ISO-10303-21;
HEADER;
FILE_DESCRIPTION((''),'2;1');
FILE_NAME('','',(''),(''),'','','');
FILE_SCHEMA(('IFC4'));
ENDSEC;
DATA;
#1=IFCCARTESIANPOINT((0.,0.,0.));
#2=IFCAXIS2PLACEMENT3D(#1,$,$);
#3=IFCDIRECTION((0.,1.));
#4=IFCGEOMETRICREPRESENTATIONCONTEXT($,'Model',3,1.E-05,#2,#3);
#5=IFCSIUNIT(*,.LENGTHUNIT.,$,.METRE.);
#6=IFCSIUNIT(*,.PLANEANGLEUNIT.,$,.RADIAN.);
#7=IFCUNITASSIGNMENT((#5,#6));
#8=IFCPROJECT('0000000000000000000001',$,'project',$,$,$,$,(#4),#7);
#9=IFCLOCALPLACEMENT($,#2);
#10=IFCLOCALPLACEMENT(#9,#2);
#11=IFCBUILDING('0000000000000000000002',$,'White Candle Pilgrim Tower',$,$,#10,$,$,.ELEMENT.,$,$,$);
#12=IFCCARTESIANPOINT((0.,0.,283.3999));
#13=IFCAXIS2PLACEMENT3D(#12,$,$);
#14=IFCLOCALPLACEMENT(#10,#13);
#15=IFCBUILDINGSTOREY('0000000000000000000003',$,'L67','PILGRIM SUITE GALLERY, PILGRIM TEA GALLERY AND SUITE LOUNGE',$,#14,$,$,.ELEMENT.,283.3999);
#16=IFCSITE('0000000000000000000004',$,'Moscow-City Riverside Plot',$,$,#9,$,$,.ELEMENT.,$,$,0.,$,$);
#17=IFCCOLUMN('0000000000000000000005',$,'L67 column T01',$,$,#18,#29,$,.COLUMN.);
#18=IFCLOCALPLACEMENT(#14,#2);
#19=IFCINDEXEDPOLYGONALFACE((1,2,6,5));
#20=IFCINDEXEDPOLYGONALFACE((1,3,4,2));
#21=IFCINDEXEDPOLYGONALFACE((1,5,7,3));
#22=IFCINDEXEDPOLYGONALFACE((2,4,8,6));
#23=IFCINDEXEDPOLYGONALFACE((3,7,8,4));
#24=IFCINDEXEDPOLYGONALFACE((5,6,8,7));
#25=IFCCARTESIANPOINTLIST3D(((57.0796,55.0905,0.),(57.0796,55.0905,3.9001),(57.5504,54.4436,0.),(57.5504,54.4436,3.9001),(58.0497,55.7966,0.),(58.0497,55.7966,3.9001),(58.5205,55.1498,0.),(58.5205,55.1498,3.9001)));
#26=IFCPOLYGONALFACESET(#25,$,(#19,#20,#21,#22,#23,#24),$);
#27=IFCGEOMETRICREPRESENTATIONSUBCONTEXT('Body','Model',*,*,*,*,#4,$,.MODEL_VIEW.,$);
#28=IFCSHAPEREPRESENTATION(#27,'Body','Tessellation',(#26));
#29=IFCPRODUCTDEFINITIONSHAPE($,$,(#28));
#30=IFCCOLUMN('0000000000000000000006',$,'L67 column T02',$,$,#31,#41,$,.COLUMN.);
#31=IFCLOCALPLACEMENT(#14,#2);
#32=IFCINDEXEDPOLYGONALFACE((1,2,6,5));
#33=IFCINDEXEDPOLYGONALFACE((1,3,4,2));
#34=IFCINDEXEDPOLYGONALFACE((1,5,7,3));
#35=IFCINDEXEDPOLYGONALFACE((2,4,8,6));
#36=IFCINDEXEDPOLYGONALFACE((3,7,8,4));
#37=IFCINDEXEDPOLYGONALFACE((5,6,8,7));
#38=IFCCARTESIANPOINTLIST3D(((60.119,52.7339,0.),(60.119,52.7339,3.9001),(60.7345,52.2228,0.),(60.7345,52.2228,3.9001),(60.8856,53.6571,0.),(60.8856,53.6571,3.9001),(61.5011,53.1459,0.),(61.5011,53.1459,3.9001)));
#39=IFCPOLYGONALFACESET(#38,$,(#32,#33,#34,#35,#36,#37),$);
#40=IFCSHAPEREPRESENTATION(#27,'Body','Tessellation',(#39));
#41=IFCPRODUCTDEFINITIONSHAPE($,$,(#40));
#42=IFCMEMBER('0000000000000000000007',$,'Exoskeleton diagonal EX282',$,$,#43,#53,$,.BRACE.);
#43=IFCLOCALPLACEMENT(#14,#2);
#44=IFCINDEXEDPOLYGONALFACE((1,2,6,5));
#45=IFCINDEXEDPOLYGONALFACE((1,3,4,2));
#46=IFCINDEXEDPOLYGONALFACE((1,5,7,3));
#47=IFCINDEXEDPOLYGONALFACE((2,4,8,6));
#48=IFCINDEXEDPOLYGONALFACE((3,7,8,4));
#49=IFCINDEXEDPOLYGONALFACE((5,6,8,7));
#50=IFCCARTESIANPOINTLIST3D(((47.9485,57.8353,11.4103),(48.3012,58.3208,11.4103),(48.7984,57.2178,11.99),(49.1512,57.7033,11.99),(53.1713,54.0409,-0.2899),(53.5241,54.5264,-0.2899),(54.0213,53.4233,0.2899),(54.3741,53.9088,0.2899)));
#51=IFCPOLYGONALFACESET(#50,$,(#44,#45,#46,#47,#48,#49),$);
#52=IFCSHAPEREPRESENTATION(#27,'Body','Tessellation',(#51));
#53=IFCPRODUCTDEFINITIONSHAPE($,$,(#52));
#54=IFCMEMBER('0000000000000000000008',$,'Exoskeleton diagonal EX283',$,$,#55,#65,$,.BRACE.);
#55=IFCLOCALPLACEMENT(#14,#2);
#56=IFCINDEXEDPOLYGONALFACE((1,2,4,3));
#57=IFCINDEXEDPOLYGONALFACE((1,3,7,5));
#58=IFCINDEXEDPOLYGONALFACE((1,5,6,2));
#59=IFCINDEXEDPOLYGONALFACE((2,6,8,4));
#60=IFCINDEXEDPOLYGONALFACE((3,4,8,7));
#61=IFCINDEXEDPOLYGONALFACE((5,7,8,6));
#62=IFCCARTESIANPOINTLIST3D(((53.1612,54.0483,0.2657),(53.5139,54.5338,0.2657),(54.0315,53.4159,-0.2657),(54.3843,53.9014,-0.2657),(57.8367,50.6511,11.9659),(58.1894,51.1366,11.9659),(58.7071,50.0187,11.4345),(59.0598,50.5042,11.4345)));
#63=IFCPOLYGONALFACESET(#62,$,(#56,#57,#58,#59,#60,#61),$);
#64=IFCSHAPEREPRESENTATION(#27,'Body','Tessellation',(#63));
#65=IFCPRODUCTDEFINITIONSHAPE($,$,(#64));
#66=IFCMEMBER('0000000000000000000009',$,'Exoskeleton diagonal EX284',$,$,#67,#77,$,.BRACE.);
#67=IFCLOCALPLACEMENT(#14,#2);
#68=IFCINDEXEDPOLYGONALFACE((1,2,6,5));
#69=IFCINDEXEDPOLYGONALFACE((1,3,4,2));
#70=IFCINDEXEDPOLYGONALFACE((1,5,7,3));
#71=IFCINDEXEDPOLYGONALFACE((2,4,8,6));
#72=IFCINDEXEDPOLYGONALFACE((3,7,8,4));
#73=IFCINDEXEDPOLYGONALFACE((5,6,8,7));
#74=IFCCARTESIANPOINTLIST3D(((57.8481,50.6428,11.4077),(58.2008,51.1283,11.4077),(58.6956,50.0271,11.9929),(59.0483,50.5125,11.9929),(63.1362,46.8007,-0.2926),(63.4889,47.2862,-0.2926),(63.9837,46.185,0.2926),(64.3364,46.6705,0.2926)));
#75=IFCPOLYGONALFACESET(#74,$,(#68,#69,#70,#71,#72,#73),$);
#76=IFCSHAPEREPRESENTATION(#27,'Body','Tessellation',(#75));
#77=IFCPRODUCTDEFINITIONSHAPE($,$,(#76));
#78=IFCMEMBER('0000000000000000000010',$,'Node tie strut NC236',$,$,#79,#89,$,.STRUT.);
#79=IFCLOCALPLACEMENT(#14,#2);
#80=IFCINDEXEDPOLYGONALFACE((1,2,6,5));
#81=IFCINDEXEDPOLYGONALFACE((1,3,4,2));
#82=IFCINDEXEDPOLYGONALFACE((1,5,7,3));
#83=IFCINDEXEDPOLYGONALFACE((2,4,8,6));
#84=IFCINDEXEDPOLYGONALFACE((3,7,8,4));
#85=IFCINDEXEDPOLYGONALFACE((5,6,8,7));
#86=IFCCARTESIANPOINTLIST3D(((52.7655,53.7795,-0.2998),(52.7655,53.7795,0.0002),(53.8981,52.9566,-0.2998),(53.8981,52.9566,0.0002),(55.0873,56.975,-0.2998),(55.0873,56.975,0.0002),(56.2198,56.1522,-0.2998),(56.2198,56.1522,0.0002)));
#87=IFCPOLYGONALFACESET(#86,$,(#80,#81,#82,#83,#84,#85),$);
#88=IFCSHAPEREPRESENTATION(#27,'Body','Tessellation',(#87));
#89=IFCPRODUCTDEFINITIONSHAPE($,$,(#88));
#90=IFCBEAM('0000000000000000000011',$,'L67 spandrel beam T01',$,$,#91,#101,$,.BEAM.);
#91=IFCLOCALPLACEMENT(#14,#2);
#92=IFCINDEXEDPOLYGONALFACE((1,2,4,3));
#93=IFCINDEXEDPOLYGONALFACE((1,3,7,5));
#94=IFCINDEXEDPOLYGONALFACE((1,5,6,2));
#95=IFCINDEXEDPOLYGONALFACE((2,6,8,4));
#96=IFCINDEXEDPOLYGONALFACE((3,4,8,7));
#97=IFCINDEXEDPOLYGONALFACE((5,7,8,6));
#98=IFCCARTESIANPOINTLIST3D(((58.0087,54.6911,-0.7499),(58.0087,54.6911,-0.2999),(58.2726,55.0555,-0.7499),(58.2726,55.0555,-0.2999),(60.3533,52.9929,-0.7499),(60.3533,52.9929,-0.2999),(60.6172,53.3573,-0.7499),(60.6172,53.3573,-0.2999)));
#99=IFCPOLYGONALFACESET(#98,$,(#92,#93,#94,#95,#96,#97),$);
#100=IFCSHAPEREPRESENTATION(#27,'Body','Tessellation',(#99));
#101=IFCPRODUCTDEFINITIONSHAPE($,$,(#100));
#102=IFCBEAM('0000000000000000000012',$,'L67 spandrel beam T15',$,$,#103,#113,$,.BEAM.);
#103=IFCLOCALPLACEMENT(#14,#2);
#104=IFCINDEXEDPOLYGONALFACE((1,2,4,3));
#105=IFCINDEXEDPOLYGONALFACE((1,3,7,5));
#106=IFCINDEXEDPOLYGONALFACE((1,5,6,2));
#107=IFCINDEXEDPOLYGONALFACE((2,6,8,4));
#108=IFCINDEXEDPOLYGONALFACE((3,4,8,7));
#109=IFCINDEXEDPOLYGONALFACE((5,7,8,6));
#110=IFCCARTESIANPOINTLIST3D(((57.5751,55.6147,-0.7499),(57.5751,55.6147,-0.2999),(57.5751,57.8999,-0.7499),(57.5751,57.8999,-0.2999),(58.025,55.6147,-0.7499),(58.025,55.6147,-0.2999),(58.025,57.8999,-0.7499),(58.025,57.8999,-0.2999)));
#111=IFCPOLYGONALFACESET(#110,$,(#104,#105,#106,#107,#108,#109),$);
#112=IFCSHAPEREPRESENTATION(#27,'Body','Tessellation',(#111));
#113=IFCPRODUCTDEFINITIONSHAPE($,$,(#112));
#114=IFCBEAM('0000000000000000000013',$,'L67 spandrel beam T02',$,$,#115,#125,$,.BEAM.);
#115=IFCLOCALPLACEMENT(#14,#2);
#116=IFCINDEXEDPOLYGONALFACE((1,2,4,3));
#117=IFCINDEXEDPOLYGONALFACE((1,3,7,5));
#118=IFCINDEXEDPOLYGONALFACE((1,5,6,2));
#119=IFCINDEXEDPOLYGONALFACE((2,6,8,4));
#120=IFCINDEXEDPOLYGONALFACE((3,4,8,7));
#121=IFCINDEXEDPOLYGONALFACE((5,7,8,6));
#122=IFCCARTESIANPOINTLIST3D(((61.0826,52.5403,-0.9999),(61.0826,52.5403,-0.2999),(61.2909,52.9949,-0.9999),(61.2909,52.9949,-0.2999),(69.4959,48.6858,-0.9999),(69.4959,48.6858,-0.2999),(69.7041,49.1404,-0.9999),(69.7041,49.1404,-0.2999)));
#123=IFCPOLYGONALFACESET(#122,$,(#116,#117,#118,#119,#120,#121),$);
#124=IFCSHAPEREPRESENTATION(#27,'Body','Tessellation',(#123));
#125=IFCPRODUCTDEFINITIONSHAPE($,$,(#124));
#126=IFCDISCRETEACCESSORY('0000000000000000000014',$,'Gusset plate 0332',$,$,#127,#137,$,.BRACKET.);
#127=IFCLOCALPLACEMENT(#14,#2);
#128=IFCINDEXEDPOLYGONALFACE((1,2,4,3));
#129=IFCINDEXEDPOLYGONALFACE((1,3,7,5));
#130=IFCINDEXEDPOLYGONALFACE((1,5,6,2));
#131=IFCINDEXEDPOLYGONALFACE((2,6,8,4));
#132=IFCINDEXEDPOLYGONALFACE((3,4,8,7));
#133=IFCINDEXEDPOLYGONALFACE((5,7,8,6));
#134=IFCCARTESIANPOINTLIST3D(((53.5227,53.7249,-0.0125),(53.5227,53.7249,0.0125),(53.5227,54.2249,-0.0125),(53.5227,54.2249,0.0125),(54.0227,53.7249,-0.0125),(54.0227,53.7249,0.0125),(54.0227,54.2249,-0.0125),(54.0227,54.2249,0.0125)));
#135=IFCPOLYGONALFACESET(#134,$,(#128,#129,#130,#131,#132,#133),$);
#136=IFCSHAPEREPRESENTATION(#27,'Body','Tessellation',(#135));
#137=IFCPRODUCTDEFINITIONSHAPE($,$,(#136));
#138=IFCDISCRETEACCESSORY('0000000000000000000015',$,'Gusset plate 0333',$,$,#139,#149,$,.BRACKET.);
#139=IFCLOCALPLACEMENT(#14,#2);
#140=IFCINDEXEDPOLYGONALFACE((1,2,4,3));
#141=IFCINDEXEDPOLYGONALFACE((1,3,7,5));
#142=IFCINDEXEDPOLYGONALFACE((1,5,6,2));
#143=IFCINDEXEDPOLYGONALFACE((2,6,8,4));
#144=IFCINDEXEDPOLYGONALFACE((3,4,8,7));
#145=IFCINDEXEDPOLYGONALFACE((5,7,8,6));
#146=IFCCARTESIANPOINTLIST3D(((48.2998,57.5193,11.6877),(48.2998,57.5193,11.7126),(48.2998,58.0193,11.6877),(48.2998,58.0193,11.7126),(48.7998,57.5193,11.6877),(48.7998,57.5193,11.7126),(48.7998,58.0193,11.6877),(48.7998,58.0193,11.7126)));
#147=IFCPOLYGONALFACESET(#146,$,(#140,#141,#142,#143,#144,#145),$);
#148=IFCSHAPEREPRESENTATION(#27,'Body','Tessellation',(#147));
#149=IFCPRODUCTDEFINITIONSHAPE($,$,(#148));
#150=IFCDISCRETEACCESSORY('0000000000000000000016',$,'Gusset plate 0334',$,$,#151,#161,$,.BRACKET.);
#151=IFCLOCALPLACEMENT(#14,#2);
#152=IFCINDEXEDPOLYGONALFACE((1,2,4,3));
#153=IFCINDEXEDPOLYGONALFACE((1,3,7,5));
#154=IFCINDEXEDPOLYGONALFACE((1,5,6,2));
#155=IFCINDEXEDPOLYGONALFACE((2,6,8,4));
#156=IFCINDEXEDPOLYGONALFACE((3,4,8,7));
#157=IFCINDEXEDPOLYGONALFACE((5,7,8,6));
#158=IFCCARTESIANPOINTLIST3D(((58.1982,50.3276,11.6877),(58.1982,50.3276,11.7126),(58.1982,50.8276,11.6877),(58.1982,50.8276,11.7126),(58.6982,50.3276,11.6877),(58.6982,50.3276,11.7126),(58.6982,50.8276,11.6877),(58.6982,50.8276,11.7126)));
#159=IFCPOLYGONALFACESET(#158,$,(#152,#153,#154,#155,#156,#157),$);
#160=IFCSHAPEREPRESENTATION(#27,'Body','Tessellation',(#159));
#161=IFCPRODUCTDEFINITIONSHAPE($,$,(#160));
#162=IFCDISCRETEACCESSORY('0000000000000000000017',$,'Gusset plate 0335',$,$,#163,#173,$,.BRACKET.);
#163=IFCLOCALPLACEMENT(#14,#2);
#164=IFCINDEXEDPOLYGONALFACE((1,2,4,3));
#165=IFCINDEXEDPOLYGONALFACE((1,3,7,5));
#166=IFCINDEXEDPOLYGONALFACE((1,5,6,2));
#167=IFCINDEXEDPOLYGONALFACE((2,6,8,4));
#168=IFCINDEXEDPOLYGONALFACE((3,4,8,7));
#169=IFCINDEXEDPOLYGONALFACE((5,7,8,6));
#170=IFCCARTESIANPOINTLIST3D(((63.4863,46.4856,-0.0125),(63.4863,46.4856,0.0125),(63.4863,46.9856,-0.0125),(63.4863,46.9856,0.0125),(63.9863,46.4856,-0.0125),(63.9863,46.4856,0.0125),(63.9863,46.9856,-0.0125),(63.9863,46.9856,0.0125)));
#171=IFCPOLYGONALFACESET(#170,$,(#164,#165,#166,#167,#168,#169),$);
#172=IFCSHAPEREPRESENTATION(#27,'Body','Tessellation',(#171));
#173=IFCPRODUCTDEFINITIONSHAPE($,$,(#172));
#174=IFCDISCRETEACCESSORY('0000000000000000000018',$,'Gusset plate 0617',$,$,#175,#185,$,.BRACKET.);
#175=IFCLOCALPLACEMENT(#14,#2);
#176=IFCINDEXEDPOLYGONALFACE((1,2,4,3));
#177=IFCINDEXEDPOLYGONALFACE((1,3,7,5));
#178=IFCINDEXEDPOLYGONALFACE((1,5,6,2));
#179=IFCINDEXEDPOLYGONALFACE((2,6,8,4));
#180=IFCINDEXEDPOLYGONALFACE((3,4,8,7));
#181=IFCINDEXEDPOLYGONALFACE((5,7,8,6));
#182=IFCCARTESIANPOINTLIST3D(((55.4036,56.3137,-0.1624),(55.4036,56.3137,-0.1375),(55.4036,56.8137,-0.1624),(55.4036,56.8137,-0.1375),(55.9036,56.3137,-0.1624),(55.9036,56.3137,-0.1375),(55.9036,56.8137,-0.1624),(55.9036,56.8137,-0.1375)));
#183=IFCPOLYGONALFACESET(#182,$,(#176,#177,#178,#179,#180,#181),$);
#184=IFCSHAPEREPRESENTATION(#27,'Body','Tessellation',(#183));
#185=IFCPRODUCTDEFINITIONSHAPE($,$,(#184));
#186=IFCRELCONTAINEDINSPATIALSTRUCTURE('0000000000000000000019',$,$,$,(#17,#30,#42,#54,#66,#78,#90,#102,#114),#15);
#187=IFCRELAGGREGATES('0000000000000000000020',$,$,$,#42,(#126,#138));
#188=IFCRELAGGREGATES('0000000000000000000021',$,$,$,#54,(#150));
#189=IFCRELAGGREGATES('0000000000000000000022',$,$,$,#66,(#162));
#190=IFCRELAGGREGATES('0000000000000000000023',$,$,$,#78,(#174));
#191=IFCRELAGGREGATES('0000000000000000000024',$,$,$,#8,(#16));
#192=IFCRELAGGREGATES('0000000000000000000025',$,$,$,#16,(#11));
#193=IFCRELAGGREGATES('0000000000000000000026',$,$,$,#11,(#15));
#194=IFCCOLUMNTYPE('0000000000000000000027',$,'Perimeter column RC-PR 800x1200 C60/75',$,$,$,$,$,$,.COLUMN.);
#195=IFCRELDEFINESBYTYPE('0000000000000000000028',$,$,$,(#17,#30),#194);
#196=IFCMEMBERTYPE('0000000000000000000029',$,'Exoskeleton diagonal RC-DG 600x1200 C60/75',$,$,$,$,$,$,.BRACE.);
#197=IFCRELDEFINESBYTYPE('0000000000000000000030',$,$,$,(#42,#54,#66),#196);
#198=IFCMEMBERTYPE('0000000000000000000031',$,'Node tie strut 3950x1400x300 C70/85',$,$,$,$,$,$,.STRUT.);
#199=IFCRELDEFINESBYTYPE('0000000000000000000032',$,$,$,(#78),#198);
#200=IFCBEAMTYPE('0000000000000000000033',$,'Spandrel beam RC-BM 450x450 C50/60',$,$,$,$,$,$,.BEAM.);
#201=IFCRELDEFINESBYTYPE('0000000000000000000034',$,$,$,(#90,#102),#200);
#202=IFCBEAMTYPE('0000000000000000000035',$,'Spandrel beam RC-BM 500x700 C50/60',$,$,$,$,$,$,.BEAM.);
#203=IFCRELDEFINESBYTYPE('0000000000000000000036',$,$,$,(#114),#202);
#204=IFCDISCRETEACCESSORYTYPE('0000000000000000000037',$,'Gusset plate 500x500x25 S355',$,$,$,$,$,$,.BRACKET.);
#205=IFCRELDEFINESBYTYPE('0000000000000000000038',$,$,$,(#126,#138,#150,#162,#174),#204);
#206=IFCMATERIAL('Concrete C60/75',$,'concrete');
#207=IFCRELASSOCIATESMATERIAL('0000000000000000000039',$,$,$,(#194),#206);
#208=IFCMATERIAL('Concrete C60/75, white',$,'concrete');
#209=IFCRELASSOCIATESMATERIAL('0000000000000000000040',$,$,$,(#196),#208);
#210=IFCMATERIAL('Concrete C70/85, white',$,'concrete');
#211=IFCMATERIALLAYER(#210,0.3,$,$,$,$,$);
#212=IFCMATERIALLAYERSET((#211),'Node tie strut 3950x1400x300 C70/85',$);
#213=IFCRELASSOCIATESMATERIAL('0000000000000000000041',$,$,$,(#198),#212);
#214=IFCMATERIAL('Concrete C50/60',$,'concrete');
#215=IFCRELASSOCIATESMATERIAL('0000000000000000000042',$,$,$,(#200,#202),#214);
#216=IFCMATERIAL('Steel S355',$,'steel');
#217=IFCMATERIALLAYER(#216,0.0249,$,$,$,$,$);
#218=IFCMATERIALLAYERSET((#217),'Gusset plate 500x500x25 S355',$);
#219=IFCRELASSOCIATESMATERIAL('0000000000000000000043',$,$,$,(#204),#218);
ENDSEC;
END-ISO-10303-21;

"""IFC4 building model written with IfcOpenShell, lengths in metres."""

from ifc_helpers import new_model, si_unit, direction, frame, origin, origin_2d, place, context, subcontext, project, spatial, rectangle, extrude, material, layer, layer_set, material_profile, profile_set, type_object, element, aggregate, save


model = new_model("IFC4")

# Units and contexts
model_context = context("Model", 3, precision=1e-05, world=origin(), true_north=direction((0.0, 1.0)))
body_context = subcontext(model_context, "Body", "Model", "MODEL_VIEW")
ifc_project = project(units=[si_unit("LENGTHUNIT", "METRE"), si_unit("PLANEANGLEUNIT", "RADIAN")], contexts=[model_context])

# Site, building, storey
site_placement = place(None, origin())
site = spatial("IfcSite", under=ifc_project, at=site_placement, Name="Moscow-City Riverside Plot", CompositionType="ELEMENT", RefElevation=0.0)
building_placement = place(site_placement, origin())
building = spatial("IfcBuilding", under=site, at=building_placement, Name="White Candle Pilgrim Tower", CompositionType="ELEMENT")
storey_placement = place(building_placement, frame((0.0, 0.0, 283.3999)))
storey = spatial("IfcBuildingStorey", under=building, at=storey_placement, Name="L67", Description="PILGRIM SUITE GALLERY, PILGRIM TEA GALLERY AND SUITE LOUNGE", CompositionType="ELEMENT", Elevation=283.3999)

# Columns
ifc_material_1 = material(Name="Concrete C60/75", Category="concrete")
ifc_material_profile_1 = material_profile(ifc_material_1, rectangle(XDim=0.8, YDim=1.2, at=origin_2d()), Name="RC-PR 800x1200")
ifc_profile_set_1 = profile_set([ifc_material_profile_1], Name="Concrete C60/75")
column_type = type_object("IfcColumnType", Name="Perimeter column RC-PR 800x1200 C60/75", PredefinedType="COLUMN", material=ifc_profile_set_1)
for number, where, z_axis, x_axis, name in (
    (1, (57.8, 55.1201, 0.0), (0.0, 0.0, 1.0), (-0.588463, 0.808524, 0.0), "L67 column T01"),
    (2, (60.8101, 52.9399, 0.0), (0.0, 0.0, 1.0), (-0.76931, 0.638875, 0.0), "L67 column T02"),
):
    element("IfcColumn", number, at=place(storey_placement, frame(where, z_axis=z_axis, x_axis=x_axis)), inside=storey, type_object=column_type, Name=name, PredefinedType="COLUMN", context=body_context, shape_type="SweptSolid", body=[
        extrude(rectangle(XDim=0.8, YDim=1.2, at=origin_2d()), origin(), (0.0, 0.0, 1.0), 3.9001),
    ])

# Members
ifc_material_2 = material(Name="Concrete C60/75, white", Category="concrete")
ifc_material_profile_2 = material_profile(ifc_material_2, rectangle(XDim=0.6001, YDim=1.2, at=origin_2d()), Name="RC-DG 600x1200")
ifc_profile_set_2 = profile_set([ifc_material_profile_2], Name="Concrete C60/75, white")
member_type_1 = type_object("IfcMemberType", Name="Exoskeleton diagonal RC-DG 600x1200 C60/75", PredefinedType="BRACE", material=ifc_profile_set_2)
member_1_placement = place(storey_placement, frame((53.7727, 53.9749, 0.0), z_axis=(-0.390847, 0.28395, 0.875564), x_axis=(-0.587762, -0.809034, 0.0)))
member_1 = element("IfcMember", 3, at=member_1_placement, inside=storey, type_object=member_type_1, Name="Exoskeleton diagonal EX282", PredefinedType="BRACE", context=body_context, shape_type="SweptSolid", body=[
    extrude(rectangle(XDim=0.6001, YDim=1.2, at=origin_2d()), origin(), (0.0, 0.0, 1.0), 13.363),
])
member_2_placement = place(storey_placement, frame((53.7727, 53.9749, 0.0), z_axis=(0.358285, -0.260328, 0.896583), x_axis=(0.587812, 0.808997, 0.0)))
member_2 = element("IfcMember", 4, at=member_2_placement, inside=storey, type_object=member_type_1, Name="Exoskeleton diagonal EX283", PredefinedType="BRACE", context=body_context, shape_type="SweptSolid", body=[
    extrude(rectangle(XDim=0.6001, YDim=1.2, at=origin_2d()), origin(), (0.0, 0.0, 1.0), 13.0498),
])
member_3_placement = place(storey_placement, frame((63.7363, 46.7356, 0.0), z_axis=(-0.394568, 0.286672, 0.873004), x_axis=(-0.587787, -0.809015, 0.0)))
member_3 = element("IfcMember", 5, at=member_3_placement, inside=storey, type_object=member_type_1, Name="Exoskeleton diagonal EX284", PredefinedType="BRACE", context=body_context, shape_type="SweptSolid", body=[
    extrude(rectangle(XDim=0.6001, YDim=1.2, at=origin_2d()), origin(), (0.0, 0.0, 1.0), 13.4023),
])
ifc_material_3 = material(Name="Concrete C70/85, white", Category="concrete")
ifc_layer_1 = layer(ifc_material_3, 0.3)
ifc_layer_set_1 = layer_set([ifc_layer_1], Name="Node tie strut 3950x1400x300 C70/85")
member_type_2 = type_object("IfcMemberType", Name="Node tie strut 3950x1400x300 C70/85", PredefinedType="STRUT", material=ifc_layer_set_1)
member_4_placement = place(storey_placement, frame((54.4927, 54.9658, -0.2998), z_axis=(0.0, 0.0, 1.0), x_axis=(0.809017, -0.587785, 0.0)))
member_4 = element("IfcMember", 6, at=member_4_placement, inside=storey, type_object=member_type_2, Name="Node tie strut NC236", PredefinedType="STRUT", context=body_context, shape_type="SweptSolid", body=[
    extrude(rectangle(XDim=1.3999, YDim=3.95, at=origin_2d()), origin(), (0.0, 0.0, 1.0), 0.3),
])

# Beams
ifc_material_4 = material(Name="Concrete C50/60", Category="concrete")
ifc_material_profile_3 = material_profile(ifc_material_4, rectangle(XDim=0.45, YDim=0.45, at=origin_2d()), Name="RC-BM 450x450")
ifc_profile_set_3 = profile_set([ifc_material_profile_3], Name="Concrete C50/60")
beam_type_1 = type_object("IfcBeamType", Name="Spandrel beam RC-BM 450x450 C50/60", PredefinedType="BEAM", material=ifc_profile_set_3)
beam_1_placement = place(storey_placement, frame((58.1406, 54.8733, -0.5249), z_axis=(0.809887, -0.586586, 0.0), x_axis=(0.586586, 0.809887, 0.0)))
element("IfcBeam", 7, at=beam_1_placement, inside=storey, type_object=beam_type_1, Name="L67 spandrel beam T01", PredefinedType="BEAM", context=body_context, shape_type="SweptSolid", body=[
    extrude(rectangle(XDim=0.45, YDim=0.45, at=origin_2d()), origin(), (0.0, 0.0, 1.0), 2.895),
])
beam_2_placement = place(storey_placement, frame((57.8, 55.6147, -0.5249), z_axis=(0.0, 1.0, 0.0), x_axis=(-1.0, 0.0, 0.0)))
element("IfcBeam", 8, at=beam_2_placement, inside=storey, type_object=beam_type_1, Name="L67 spandrel beam T15", PredefinedType="BEAM", context=body_context, shape_type="SweptSolid", body=[
    extrude(rectangle(XDim=0.45, YDim=0.45, at=origin_2d()), origin(), (0.0, 0.0, 1.0), 2.2852),
])
ifc_material_profile_4 = material_profile(ifc_material_4, rectangle(XDim=0.5, YDim=0.7, at=origin_2d()), Name="RC-BM 500x700")
ifc_profile_set_4 = profile_set([ifc_material_profile_4], Name="Concrete C50/60")
beam_type_2 = type_object("IfcBeamType", Name="Spandrel beam RC-BM 500x700 C50/60", PredefinedType="BEAM", material=ifc_profile_set_4)
beam_3_placement = place(storey_placement, frame((61.1868, 52.7676, -0.6499), z_axis=(0.909131, -0.41651, 0.0), x_axis=(0.41651, 0.909131, 0.0)))
element("IfcBeam", 9, at=beam_3_placement, inside=storey, type_object=beam_type_2, Name="L67 spandrel beam T02", PredefinedType="BEAM", context=body_context, shape_type="SweptSolid", body=[
    extrude(rectangle(XDim=0.5, YDim=0.7, at=origin_2d()), origin(), (0.0, 0.0, 1.0), 9.2542),
])

# Discrete accessories
ifc_material_5 = material(Name="Steel S355", Category="steel")
ifc_layer_2 = layer(ifc_material_5, 0.0249)
ifc_layer_set_2 = layer_set([ifc_layer_2], Name="Gusset plate 500x500x25 S355")
discrete_accessory_type = type_object("IfcDiscreteAccessoryType", Name="Gusset plate 500x500x25 S355", PredefinedType="BRACKET", material=ifc_layer_set_2)
discrete_accessory_1_placement = place(storey_placement, frame((53.7727, 53.9749, -0.0125), z_axis=(0.0, 0.0, 1.0), x_axis=(1.0, 0.0, 0.0)))
discrete_accessory_1 = element("IfcDiscreteAccessory", 10, at=discrete_accessory_1_placement, type_object=discrete_accessory_type, Name="Gusset plate 0332", PredefinedType="BRACKET", context=body_context, shape_type="SweptSolid", body=[
    extrude(rectangle(XDim=0.5, YDim=0.5, at=origin_2d()), origin(), (0.0, 0.0, 1.0), 0.0249),
])
placement = place(building_placement, frame((0.0, 0.0, 295.1001)))
discrete_accessory_2_placement = place(placement, frame((48.5498, 57.7693, -0.0125), z_axis=(0.0, 0.0, 1.0), x_axis=(1.0, 0.0, 0.0)))
discrete_accessory_2 = element("IfcDiscreteAccessory", 11, at=discrete_accessory_2_placement, type_object=discrete_accessory_type, Name="Gusset plate 0333", PredefinedType="BRACKET", context=body_context, shape_type="SweptSolid", body=[
    extrude(rectangle(XDim=0.5, YDim=0.5, at=origin_2d()), origin(), (0.0, 0.0, 1.0), 0.0249),
])
aggregate(member_1, [discrete_accessory_1, discrete_accessory_2])
discrete_accessory_3_placement = place(placement, frame((58.4482, 50.5776, -0.0125), z_axis=(0.0, 0.0, 1.0), x_axis=(1.0, 0.0, 0.0)))
discrete_accessory_3 = element("IfcDiscreteAccessory", 12, at=discrete_accessory_3_placement, type_object=discrete_accessory_type, Name="Gusset plate 0334", PredefinedType="BRACKET", context=body_context, shape_type="SweptSolid", body=[
    extrude(rectangle(XDim=0.5, YDim=0.5, at=origin_2d()), origin(), (0.0, 0.0, 1.0), 0.0249),
])
aggregate(member_2, [discrete_accessory_3])
discrete_accessory_4_placement = place(storey_placement, frame((63.7363, 46.7356, -0.0125), z_axis=(0.0, 0.0, 1.0), x_axis=(1.0, 0.0, 0.0)))
discrete_accessory_4 = element("IfcDiscreteAccessory", 13, at=discrete_accessory_4_placement, type_object=discrete_accessory_type, Name="Gusset plate 0335", PredefinedType="BRACKET", context=body_context, shape_type="SweptSolid", body=[
    extrude(rectangle(XDim=0.5, YDim=0.5, at=origin_2d()), origin(), (0.0, 0.0, 1.0), 0.0249),
])
aggregate(member_3, [discrete_accessory_4])
discrete_accessory_5_placement = place(storey_placement, frame((55.6536, 56.5637, -0.1624), z_axis=(0.0, 0.0, 1.0), x_axis=(1.0, 0.0, 0.0)))
discrete_accessory_5 = element("IfcDiscreteAccessory", 14, at=discrete_accessory_5_placement, type_object=discrete_accessory_type, Name="Gusset plate 0617", PredefinedType="BRACKET", context=body_context, shape_type="SweptSolid", body=[
    extrude(rectangle(XDim=0.5, YDim=0.5, at=origin_2d()), origin(), (0.0, 0.0, 1.0), 0.0249),
])
aggregate(member_4, [discrete_accessory_5])

save(model, "model.ifc")
